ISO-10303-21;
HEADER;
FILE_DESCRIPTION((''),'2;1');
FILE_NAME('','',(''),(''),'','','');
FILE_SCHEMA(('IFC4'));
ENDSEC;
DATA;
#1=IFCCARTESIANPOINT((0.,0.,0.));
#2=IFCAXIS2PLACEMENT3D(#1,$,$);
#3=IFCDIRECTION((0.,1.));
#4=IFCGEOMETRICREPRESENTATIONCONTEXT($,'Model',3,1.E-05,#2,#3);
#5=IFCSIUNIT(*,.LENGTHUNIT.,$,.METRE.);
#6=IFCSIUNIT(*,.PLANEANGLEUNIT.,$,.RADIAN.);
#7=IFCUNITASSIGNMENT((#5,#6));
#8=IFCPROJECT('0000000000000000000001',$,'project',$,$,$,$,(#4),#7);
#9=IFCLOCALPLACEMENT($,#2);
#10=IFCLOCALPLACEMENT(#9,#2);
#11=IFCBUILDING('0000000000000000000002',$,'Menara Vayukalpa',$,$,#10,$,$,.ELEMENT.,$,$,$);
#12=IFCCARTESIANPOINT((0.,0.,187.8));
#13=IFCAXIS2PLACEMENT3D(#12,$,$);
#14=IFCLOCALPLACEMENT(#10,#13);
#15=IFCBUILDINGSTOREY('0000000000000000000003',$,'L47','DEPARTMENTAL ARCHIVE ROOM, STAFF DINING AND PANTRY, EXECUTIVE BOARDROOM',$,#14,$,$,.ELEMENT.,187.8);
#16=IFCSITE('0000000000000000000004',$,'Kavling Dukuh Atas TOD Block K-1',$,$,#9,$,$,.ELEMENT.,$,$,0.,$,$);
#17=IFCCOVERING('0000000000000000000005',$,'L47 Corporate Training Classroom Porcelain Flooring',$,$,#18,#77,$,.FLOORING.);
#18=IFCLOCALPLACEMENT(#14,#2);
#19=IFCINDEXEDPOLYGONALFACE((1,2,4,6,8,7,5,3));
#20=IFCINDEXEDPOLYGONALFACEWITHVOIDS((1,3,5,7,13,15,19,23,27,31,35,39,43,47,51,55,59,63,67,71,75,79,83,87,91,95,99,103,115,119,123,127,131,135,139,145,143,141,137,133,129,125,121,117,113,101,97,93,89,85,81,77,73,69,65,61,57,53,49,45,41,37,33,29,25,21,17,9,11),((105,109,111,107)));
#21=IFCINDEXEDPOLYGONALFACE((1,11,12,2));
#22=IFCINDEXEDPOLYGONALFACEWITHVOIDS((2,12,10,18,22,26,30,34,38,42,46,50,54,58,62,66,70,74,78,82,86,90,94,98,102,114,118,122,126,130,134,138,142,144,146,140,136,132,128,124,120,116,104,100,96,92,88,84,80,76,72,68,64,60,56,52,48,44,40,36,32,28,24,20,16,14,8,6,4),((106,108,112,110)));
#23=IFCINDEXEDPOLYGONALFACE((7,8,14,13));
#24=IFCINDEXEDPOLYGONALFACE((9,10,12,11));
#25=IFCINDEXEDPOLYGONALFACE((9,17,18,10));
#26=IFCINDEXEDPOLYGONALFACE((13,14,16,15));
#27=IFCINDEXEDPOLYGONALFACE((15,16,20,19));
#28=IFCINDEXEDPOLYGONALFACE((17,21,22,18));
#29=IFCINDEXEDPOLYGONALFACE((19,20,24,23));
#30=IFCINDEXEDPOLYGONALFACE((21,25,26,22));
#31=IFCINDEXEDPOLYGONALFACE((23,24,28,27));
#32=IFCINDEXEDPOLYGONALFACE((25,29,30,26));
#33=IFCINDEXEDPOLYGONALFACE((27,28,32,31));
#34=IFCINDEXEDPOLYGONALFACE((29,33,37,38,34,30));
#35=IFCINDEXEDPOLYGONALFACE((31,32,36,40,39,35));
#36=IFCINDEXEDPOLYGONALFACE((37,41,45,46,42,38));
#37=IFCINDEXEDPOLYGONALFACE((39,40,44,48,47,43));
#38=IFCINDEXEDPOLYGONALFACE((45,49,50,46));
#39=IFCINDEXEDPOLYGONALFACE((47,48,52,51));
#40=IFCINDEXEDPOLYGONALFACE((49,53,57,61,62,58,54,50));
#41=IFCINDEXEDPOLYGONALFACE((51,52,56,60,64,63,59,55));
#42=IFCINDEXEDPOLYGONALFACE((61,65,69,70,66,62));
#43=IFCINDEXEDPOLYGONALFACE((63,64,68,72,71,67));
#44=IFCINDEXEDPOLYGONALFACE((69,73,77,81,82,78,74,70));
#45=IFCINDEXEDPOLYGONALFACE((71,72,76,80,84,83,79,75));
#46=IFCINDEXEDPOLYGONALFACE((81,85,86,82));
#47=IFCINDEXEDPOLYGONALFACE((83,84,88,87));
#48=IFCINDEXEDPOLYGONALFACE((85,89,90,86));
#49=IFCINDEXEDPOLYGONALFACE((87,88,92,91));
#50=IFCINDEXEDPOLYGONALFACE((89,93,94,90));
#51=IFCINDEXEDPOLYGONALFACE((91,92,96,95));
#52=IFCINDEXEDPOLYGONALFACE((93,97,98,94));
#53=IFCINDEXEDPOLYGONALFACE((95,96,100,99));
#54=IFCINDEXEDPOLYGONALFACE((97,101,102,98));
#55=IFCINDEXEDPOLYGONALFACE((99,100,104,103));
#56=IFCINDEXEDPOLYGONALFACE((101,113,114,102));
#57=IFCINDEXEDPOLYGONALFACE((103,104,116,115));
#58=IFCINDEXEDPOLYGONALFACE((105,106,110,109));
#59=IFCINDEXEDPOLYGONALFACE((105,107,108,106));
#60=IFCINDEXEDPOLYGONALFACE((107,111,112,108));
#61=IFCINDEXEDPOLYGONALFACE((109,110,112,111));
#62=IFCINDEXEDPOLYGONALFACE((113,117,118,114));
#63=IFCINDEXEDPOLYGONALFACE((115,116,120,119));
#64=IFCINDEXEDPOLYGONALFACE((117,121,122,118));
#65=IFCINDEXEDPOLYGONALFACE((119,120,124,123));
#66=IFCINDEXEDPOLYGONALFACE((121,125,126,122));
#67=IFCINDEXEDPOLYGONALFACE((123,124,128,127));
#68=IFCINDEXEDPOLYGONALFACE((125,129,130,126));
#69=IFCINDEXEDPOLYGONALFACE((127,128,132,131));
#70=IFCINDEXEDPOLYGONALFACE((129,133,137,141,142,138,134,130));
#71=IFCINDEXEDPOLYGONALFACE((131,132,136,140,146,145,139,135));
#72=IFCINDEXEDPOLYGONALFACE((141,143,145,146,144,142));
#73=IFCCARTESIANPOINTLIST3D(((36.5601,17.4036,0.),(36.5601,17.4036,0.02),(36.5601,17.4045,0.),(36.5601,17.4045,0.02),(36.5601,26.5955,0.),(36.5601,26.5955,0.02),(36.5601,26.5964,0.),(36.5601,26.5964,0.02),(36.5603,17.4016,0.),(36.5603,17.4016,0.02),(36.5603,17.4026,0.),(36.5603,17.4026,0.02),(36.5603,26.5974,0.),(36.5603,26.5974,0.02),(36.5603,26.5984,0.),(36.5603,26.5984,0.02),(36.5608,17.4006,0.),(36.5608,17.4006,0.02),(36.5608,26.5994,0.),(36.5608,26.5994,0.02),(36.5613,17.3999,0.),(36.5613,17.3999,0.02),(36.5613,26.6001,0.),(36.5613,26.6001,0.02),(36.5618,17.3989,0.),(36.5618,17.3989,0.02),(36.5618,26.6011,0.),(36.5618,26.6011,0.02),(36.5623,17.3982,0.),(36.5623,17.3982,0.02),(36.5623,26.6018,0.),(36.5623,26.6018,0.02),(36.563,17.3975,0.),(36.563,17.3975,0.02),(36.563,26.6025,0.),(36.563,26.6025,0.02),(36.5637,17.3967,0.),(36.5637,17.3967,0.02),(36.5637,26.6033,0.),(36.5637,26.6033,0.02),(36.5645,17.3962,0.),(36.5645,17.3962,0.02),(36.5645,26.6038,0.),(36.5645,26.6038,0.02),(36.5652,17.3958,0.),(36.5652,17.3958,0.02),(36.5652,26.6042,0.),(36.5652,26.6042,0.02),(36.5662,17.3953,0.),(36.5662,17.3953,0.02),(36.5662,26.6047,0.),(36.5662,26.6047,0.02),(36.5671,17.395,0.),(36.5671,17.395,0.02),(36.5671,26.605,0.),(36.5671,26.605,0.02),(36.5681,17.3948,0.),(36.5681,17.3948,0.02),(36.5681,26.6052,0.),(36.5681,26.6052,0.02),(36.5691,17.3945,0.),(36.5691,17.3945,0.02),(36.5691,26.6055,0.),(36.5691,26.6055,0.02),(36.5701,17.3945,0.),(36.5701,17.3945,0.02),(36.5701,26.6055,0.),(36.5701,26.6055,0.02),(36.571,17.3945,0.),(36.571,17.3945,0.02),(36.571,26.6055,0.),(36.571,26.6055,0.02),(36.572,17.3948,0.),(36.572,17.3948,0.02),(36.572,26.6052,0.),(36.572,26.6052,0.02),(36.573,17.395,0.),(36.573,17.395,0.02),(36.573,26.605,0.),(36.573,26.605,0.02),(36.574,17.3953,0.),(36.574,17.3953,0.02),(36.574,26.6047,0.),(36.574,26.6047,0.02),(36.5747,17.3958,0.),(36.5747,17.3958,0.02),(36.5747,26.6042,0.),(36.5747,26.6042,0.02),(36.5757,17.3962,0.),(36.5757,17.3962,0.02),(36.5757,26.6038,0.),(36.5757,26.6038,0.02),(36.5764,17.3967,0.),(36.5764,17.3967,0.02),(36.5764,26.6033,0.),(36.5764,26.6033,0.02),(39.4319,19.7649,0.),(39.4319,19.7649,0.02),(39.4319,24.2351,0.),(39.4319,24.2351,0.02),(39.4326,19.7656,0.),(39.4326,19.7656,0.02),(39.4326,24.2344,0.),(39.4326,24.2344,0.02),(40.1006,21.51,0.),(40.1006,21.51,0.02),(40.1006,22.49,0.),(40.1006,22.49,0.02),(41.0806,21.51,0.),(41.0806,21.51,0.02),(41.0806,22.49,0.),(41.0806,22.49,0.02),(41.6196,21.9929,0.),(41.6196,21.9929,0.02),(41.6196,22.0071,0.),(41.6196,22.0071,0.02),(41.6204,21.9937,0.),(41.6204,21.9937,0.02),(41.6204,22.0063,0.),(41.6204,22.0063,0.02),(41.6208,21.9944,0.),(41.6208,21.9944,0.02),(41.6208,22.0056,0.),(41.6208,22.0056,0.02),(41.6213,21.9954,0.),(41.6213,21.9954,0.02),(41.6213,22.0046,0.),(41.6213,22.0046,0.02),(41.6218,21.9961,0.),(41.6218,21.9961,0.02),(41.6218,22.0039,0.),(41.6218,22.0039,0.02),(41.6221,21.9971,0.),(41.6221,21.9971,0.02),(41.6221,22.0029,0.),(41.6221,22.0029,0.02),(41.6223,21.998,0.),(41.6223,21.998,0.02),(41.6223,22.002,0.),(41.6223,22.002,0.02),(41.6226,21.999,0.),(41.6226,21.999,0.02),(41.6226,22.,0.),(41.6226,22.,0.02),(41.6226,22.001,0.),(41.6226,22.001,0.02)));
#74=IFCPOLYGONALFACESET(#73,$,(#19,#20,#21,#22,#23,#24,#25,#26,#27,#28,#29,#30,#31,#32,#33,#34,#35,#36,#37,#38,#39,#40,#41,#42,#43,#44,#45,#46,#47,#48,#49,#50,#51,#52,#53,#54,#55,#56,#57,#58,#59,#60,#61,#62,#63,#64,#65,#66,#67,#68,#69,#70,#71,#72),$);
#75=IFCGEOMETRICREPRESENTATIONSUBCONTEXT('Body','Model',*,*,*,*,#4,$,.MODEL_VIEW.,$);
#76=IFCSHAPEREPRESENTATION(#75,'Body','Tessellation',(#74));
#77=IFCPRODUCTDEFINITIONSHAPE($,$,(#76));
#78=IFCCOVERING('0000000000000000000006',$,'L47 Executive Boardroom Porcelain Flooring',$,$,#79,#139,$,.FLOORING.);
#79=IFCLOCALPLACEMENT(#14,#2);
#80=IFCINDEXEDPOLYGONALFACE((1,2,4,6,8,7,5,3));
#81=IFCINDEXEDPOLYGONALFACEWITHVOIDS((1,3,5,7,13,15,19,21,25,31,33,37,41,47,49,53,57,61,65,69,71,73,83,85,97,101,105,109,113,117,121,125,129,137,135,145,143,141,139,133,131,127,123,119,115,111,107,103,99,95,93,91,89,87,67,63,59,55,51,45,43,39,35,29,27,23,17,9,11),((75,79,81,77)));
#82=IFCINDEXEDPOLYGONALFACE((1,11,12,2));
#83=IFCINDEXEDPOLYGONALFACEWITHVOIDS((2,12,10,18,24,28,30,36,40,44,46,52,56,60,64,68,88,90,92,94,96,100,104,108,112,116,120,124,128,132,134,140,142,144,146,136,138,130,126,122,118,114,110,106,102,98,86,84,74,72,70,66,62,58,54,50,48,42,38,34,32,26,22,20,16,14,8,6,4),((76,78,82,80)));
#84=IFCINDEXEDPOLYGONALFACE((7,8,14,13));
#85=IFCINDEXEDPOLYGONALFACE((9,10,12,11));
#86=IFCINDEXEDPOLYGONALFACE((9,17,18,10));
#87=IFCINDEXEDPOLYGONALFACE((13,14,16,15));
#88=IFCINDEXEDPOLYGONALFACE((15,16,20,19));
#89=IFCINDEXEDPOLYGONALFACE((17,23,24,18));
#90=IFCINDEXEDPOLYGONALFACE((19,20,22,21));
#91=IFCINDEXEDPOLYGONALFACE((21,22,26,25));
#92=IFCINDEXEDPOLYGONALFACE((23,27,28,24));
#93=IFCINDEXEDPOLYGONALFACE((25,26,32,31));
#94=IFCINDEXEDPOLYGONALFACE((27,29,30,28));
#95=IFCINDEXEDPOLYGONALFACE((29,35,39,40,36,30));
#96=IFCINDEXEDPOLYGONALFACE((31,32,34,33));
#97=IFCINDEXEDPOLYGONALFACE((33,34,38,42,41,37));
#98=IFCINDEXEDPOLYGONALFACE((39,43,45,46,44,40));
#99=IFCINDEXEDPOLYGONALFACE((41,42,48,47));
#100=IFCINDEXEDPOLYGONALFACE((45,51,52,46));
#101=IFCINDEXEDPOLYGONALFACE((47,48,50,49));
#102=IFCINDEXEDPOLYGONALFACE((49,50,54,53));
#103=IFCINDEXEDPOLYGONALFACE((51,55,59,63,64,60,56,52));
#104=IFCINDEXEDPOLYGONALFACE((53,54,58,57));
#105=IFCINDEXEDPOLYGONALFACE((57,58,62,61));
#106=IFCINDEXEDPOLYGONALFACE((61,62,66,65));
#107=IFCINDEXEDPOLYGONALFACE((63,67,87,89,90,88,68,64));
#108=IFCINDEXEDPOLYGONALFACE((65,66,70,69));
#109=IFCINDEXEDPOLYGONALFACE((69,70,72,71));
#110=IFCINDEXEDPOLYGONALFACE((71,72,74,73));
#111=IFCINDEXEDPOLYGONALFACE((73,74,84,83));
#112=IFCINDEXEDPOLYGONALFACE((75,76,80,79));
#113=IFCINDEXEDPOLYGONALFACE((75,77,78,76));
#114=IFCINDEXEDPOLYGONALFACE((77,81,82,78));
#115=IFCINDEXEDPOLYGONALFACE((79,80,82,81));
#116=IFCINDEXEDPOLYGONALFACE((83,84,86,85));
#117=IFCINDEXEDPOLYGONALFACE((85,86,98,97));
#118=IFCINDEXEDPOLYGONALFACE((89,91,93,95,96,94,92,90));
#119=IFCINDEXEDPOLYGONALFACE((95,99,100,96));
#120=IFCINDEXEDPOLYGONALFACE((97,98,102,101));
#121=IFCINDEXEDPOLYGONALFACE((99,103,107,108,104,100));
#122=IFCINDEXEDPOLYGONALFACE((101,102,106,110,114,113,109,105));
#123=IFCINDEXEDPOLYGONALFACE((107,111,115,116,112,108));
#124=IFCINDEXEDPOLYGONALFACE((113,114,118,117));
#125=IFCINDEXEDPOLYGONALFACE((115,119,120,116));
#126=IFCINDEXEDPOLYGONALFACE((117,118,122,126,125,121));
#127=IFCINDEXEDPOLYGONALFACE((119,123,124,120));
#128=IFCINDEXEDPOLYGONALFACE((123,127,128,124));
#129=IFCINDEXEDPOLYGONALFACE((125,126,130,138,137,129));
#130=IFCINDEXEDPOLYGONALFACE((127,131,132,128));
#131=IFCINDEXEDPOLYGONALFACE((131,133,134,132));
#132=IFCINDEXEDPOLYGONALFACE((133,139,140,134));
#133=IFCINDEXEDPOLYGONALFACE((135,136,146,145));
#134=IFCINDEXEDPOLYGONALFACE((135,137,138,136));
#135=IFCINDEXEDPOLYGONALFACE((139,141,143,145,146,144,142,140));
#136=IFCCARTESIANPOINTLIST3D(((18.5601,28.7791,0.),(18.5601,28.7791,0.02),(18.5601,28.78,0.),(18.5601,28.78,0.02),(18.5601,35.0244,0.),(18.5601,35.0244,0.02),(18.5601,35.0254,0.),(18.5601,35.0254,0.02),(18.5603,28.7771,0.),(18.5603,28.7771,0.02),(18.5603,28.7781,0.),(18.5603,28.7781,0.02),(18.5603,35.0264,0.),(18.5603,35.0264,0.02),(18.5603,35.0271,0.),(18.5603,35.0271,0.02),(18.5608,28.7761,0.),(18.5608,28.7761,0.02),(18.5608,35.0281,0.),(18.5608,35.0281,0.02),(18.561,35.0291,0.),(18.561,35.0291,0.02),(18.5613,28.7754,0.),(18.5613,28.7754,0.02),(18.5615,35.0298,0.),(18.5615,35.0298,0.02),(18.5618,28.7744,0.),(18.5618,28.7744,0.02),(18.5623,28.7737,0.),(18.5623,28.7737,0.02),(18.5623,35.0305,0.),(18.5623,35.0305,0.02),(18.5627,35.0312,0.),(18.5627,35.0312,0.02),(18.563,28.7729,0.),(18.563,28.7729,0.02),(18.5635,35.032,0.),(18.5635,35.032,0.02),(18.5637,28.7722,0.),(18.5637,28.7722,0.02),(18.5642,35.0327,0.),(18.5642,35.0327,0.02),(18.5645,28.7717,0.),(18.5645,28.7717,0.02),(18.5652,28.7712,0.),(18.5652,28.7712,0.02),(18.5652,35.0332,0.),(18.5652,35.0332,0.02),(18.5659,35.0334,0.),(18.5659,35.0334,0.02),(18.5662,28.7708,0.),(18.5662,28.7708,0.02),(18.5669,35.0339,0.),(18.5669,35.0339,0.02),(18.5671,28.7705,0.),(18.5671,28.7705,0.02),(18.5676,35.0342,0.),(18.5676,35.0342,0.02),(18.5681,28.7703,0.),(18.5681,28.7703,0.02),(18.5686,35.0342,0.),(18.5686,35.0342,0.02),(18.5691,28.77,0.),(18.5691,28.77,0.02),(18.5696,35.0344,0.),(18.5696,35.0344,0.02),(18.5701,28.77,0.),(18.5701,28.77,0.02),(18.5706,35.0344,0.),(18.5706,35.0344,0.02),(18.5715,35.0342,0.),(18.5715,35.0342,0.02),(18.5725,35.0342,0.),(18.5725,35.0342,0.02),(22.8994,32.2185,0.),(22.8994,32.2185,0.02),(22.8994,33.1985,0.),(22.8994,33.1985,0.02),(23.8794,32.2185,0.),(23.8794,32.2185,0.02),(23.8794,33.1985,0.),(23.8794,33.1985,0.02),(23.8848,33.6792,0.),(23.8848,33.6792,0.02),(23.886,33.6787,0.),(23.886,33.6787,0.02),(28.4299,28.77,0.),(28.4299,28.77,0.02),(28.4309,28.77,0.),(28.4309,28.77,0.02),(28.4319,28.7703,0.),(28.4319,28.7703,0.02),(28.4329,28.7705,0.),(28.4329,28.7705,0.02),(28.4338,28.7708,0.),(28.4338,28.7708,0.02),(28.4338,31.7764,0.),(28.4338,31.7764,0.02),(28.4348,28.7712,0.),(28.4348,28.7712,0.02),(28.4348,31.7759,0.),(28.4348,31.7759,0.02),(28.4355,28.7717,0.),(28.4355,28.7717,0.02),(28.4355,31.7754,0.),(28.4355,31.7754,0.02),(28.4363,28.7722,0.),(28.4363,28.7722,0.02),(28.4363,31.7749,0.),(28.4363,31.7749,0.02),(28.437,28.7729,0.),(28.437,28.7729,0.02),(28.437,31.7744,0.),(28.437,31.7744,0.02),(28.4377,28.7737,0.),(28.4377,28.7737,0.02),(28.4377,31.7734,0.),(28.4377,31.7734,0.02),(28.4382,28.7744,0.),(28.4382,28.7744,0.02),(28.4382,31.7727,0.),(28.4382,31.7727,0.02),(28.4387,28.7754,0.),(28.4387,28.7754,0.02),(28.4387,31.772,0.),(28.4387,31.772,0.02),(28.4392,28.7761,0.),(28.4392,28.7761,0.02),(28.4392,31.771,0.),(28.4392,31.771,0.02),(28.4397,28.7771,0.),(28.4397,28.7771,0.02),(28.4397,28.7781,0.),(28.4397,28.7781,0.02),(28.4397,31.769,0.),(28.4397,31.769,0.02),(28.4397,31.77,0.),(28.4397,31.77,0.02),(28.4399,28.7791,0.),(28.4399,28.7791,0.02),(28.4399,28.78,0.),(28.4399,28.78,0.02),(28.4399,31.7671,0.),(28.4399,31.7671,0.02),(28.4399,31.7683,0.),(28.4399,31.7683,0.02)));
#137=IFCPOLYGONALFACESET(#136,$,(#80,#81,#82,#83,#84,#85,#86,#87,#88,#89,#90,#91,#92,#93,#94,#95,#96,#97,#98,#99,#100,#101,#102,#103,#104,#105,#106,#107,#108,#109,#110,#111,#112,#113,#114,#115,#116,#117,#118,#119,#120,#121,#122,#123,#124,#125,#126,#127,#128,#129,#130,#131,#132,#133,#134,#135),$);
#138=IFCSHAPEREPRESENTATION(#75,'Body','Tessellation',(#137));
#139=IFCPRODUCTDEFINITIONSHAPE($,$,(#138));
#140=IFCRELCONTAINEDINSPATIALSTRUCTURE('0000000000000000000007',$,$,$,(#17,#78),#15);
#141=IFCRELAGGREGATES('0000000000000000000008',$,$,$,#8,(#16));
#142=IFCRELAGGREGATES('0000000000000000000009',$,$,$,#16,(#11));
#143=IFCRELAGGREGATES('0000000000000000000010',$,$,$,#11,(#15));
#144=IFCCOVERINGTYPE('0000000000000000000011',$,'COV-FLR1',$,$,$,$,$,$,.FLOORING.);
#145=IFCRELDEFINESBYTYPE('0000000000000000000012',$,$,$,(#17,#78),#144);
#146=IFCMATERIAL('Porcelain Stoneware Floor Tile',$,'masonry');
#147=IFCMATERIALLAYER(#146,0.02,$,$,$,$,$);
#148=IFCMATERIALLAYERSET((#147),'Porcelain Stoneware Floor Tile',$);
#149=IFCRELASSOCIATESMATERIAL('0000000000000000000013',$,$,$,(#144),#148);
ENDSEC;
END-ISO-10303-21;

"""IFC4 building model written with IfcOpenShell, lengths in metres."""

from ifc_helpers import new_model, si_unit, direction, frame, origin, place, context, subcontext, project, spatial, polyline, outline, extrude, material, layer, layer_set, type_object, element, save


model = new_model("IFC4")

# Units and contexts
model_context = context("Model", 3, precision=1e-05, world=origin(), true_north=direction((0.0, 1.0)))
body_context = subcontext(model_context, "Body", "Model", "MODEL_VIEW")
ifc_project = project(units=[si_unit("LENGTHUNIT", "METRE"), si_unit("PLANEANGLEUNIT", "RADIAN")], contexts=[model_context])

# Site, building, storey
site_placement = place(None, origin())
site = spatial("IfcSite", under=ifc_project, at=site_placement, Name="Kavling Dukuh Atas TOD Block K-1", CompositionType="ELEMENT", RefElevation=0.0)
building_placement = place(site_placement, origin())
building = spatial("IfcBuilding", under=site, at=building_placement, Name="Menara Vayukalpa", CompositionType="ELEMENT")
storey_placement = place(building_placement, frame((0.0, 0.0, 187.8)))
storey = spatial("IfcBuildingStorey", under=building, at=storey_placement, Name="L47", Description="DEPARTMENTAL ARCHIVE ROOM, STAFF DINING AND PANTRY, EXECUTIVE BOARDROOM", CompositionType="ELEMENT", Elevation=187.8)

# Coverings
ifc_material_1 = material(Name="Porcelain Stoneware Floor Tile", Category="masonry")
ifc_layer_1 = layer(ifc_material_1, 0.02)
ifc_layer_set_1 = layer_set([ifc_layer_1], Name="Porcelain Stoneware Floor Tile")
covering_type_1 = type_object("IfcCoveringType", Name="COV-FLR1", PredefinedType="FLOORING", material=ifc_layer_set_1)
covering_1_placement = place(storey_placement, origin())
element("IfcCovering", 1, at=covering_1_placement, inside=storey, type_object=covering_type_1, Name="L47 Corporate Training Classroom Porcelain Flooring", PredefinedType="FLOORING", context=body_context, shape_type="SweptSolid", body=[
    extrude(outline(polyline([(41.6196, 22.0071), (41.6204, 22.0063), (41.6208, 22.0056), (41.6213, 22.0046), (41.6218, 22.0039), (41.6221, 22.0029), (41.6223, 22.002), (41.6226, 22.001), (41.6226, 22.0), (41.6226, 21.999), (41.6223, 21.998), (41.6221, 21.9971), (41.6218, 21.9961), (41.6213, 21.9954), (41.6208, 21.9944), (41.6204, 21.9937), (41.6196, 21.9929), (39.4326, 19.7656), (39.4319, 19.7649), (36.5764, 17.3967), (36.5757, 17.3962), (36.5747, 17.3958), (36.574, 17.3953), (36.573, 17.395), (36.572, 17.3948), (36.571, 17.3945), (36.5701, 17.3945), (36.5691, 17.3945), (36.5681, 17.3948), (36.5671, 17.395), (36.5662, 17.3953), (36.5652, 17.3958), (36.5645, 17.3962), (36.5637, 17.3967), (36.563, 17.3975), (36.5623, 17.3982), (36.5618, 17.3989), (36.5613, 17.3999), (36.5608, 17.4006), (36.5603, 17.4016), (36.5603, 17.4026), (36.5601, 17.4036), (36.5601, 17.4045), (36.5601, 26.5955), (36.5601, 26.5964), (36.5603, 26.5974), (36.5603, 26.5984), (36.5608, 26.5994), (36.5613, 26.6001), (36.5618, 26.6011), (36.5623, 26.6018), (36.563, 26.6025), (36.5637, 26.6033), (36.5645, 26.6038), (36.5652, 26.6042), (36.5662, 26.6047), (36.5671, 26.605), (36.5681, 26.6052), (36.5691, 26.6055), (36.5701, 26.6055), (36.571, 26.6055), (36.572, 26.6052), (36.573, 26.605), (36.574, 26.6047), (36.5747, 26.6042), (36.5757, 26.6038), (36.5764, 26.6033), (39.4319, 24.2351), (39.4326, 24.2344), (41.6196, 22.0071)]), holes=[polyline([(41.0806, 22.49), (40.1006, 22.49), (40.1006, 21.51), (41.0806, 21.51), (41.0806, 22.49)])]), origin(), (0.0, 0.0, 1.0), 0.02),
])
covering_2_placement = place(storey_placement, origin())
element("IfcCovering", 2, at=covering_2_placement, inside=storey, type_object=covering_type_1, Name="L47 Executive Boardroom Porcelain Flooring", PredefinedType="FLOORING", context=body_context, shape_type="SweptSolid", body=[
    extrude(outline(polyline([(28.4338, 31.7764), (28.4348, 31.7759), (28.4355, 31.7754), (28.4363, 31.7749), (28.437, 31.7744), (28.4377, 31.7734), (28.4382, 31.7727), (28.4387, 31.772), (28.4392, 31.771), (28.4397, 31.77), (28.4397, 31.769), (28.4399, 31.7683), (28.4399, 31.7671), (28.4399, 28.78), (28.4399, 28.7791), (28.4397, 28.7781), (28.4397, 28.7771), (28.4392, 28.7761), (28.4387, 28.7754), (28.4382, 28.7744), (28.4377, 28.7737), (28.437, 28.7729), (28.4363, 28.7722), (28.4355, 28.7717), (28.4348, 28.7712), (28.4338, 28.7708), (28.4329, 28.7705), (28.4319, 28.7703), (28.4309, 28.77), (28.4299, 28.77), (18.5701, 28.77), (18.5691, 28.77), (18.5681, 28.7703), (18.5671, 28.7705), (18.5662, 28.7708), (18.5652, 28.7712), (18.5645, 28.7717), (18.5637, 28.7722), (18.563, 28.7729), (18.5623, 28.7737), (18.5618, 28.7744), (18.5613, 28.7754), (18.5608, 28.7761), (18.5603, 28.7771), (18.5603, 28.7781), (18.5601, 28.7791), (18.5601, 28.78), (18.5601, 35.0244), (18.5601, 35.0254), (18.5603, 35.0264), (18.5603, 35.0271), (18.5608, 35.0281), (18.561, 35.0291), (18.5615, 35.0298), (18.5623, 35.0305), (18.5627, 35.0312), (18.5635, 35.032), (18.5642, 35.0327), (18.5652, 35.0332), (18.5659, 35.0334), (18.5669, 35.0339), (18.5676, 35.0342), (18.5686, 35.0342), (18.5696, 35.0344), (18.5706, 35.0344), (18.5715, 35.0342), (18.5725, 35.0342), (23.8848, 33.6792), (23.886, 33.6787), (28.4338, 31.7764)]), holes=[polyline([(23.8794, 33.1985), (22.8994, 33.1985), (22.8994, 32.2185), (23.8794, 32.2185), (23.8794, 33.1985)])]), origin(), (0.0, 0.0, 1.0), 0.02),
])

save(model, "model.ifc")
